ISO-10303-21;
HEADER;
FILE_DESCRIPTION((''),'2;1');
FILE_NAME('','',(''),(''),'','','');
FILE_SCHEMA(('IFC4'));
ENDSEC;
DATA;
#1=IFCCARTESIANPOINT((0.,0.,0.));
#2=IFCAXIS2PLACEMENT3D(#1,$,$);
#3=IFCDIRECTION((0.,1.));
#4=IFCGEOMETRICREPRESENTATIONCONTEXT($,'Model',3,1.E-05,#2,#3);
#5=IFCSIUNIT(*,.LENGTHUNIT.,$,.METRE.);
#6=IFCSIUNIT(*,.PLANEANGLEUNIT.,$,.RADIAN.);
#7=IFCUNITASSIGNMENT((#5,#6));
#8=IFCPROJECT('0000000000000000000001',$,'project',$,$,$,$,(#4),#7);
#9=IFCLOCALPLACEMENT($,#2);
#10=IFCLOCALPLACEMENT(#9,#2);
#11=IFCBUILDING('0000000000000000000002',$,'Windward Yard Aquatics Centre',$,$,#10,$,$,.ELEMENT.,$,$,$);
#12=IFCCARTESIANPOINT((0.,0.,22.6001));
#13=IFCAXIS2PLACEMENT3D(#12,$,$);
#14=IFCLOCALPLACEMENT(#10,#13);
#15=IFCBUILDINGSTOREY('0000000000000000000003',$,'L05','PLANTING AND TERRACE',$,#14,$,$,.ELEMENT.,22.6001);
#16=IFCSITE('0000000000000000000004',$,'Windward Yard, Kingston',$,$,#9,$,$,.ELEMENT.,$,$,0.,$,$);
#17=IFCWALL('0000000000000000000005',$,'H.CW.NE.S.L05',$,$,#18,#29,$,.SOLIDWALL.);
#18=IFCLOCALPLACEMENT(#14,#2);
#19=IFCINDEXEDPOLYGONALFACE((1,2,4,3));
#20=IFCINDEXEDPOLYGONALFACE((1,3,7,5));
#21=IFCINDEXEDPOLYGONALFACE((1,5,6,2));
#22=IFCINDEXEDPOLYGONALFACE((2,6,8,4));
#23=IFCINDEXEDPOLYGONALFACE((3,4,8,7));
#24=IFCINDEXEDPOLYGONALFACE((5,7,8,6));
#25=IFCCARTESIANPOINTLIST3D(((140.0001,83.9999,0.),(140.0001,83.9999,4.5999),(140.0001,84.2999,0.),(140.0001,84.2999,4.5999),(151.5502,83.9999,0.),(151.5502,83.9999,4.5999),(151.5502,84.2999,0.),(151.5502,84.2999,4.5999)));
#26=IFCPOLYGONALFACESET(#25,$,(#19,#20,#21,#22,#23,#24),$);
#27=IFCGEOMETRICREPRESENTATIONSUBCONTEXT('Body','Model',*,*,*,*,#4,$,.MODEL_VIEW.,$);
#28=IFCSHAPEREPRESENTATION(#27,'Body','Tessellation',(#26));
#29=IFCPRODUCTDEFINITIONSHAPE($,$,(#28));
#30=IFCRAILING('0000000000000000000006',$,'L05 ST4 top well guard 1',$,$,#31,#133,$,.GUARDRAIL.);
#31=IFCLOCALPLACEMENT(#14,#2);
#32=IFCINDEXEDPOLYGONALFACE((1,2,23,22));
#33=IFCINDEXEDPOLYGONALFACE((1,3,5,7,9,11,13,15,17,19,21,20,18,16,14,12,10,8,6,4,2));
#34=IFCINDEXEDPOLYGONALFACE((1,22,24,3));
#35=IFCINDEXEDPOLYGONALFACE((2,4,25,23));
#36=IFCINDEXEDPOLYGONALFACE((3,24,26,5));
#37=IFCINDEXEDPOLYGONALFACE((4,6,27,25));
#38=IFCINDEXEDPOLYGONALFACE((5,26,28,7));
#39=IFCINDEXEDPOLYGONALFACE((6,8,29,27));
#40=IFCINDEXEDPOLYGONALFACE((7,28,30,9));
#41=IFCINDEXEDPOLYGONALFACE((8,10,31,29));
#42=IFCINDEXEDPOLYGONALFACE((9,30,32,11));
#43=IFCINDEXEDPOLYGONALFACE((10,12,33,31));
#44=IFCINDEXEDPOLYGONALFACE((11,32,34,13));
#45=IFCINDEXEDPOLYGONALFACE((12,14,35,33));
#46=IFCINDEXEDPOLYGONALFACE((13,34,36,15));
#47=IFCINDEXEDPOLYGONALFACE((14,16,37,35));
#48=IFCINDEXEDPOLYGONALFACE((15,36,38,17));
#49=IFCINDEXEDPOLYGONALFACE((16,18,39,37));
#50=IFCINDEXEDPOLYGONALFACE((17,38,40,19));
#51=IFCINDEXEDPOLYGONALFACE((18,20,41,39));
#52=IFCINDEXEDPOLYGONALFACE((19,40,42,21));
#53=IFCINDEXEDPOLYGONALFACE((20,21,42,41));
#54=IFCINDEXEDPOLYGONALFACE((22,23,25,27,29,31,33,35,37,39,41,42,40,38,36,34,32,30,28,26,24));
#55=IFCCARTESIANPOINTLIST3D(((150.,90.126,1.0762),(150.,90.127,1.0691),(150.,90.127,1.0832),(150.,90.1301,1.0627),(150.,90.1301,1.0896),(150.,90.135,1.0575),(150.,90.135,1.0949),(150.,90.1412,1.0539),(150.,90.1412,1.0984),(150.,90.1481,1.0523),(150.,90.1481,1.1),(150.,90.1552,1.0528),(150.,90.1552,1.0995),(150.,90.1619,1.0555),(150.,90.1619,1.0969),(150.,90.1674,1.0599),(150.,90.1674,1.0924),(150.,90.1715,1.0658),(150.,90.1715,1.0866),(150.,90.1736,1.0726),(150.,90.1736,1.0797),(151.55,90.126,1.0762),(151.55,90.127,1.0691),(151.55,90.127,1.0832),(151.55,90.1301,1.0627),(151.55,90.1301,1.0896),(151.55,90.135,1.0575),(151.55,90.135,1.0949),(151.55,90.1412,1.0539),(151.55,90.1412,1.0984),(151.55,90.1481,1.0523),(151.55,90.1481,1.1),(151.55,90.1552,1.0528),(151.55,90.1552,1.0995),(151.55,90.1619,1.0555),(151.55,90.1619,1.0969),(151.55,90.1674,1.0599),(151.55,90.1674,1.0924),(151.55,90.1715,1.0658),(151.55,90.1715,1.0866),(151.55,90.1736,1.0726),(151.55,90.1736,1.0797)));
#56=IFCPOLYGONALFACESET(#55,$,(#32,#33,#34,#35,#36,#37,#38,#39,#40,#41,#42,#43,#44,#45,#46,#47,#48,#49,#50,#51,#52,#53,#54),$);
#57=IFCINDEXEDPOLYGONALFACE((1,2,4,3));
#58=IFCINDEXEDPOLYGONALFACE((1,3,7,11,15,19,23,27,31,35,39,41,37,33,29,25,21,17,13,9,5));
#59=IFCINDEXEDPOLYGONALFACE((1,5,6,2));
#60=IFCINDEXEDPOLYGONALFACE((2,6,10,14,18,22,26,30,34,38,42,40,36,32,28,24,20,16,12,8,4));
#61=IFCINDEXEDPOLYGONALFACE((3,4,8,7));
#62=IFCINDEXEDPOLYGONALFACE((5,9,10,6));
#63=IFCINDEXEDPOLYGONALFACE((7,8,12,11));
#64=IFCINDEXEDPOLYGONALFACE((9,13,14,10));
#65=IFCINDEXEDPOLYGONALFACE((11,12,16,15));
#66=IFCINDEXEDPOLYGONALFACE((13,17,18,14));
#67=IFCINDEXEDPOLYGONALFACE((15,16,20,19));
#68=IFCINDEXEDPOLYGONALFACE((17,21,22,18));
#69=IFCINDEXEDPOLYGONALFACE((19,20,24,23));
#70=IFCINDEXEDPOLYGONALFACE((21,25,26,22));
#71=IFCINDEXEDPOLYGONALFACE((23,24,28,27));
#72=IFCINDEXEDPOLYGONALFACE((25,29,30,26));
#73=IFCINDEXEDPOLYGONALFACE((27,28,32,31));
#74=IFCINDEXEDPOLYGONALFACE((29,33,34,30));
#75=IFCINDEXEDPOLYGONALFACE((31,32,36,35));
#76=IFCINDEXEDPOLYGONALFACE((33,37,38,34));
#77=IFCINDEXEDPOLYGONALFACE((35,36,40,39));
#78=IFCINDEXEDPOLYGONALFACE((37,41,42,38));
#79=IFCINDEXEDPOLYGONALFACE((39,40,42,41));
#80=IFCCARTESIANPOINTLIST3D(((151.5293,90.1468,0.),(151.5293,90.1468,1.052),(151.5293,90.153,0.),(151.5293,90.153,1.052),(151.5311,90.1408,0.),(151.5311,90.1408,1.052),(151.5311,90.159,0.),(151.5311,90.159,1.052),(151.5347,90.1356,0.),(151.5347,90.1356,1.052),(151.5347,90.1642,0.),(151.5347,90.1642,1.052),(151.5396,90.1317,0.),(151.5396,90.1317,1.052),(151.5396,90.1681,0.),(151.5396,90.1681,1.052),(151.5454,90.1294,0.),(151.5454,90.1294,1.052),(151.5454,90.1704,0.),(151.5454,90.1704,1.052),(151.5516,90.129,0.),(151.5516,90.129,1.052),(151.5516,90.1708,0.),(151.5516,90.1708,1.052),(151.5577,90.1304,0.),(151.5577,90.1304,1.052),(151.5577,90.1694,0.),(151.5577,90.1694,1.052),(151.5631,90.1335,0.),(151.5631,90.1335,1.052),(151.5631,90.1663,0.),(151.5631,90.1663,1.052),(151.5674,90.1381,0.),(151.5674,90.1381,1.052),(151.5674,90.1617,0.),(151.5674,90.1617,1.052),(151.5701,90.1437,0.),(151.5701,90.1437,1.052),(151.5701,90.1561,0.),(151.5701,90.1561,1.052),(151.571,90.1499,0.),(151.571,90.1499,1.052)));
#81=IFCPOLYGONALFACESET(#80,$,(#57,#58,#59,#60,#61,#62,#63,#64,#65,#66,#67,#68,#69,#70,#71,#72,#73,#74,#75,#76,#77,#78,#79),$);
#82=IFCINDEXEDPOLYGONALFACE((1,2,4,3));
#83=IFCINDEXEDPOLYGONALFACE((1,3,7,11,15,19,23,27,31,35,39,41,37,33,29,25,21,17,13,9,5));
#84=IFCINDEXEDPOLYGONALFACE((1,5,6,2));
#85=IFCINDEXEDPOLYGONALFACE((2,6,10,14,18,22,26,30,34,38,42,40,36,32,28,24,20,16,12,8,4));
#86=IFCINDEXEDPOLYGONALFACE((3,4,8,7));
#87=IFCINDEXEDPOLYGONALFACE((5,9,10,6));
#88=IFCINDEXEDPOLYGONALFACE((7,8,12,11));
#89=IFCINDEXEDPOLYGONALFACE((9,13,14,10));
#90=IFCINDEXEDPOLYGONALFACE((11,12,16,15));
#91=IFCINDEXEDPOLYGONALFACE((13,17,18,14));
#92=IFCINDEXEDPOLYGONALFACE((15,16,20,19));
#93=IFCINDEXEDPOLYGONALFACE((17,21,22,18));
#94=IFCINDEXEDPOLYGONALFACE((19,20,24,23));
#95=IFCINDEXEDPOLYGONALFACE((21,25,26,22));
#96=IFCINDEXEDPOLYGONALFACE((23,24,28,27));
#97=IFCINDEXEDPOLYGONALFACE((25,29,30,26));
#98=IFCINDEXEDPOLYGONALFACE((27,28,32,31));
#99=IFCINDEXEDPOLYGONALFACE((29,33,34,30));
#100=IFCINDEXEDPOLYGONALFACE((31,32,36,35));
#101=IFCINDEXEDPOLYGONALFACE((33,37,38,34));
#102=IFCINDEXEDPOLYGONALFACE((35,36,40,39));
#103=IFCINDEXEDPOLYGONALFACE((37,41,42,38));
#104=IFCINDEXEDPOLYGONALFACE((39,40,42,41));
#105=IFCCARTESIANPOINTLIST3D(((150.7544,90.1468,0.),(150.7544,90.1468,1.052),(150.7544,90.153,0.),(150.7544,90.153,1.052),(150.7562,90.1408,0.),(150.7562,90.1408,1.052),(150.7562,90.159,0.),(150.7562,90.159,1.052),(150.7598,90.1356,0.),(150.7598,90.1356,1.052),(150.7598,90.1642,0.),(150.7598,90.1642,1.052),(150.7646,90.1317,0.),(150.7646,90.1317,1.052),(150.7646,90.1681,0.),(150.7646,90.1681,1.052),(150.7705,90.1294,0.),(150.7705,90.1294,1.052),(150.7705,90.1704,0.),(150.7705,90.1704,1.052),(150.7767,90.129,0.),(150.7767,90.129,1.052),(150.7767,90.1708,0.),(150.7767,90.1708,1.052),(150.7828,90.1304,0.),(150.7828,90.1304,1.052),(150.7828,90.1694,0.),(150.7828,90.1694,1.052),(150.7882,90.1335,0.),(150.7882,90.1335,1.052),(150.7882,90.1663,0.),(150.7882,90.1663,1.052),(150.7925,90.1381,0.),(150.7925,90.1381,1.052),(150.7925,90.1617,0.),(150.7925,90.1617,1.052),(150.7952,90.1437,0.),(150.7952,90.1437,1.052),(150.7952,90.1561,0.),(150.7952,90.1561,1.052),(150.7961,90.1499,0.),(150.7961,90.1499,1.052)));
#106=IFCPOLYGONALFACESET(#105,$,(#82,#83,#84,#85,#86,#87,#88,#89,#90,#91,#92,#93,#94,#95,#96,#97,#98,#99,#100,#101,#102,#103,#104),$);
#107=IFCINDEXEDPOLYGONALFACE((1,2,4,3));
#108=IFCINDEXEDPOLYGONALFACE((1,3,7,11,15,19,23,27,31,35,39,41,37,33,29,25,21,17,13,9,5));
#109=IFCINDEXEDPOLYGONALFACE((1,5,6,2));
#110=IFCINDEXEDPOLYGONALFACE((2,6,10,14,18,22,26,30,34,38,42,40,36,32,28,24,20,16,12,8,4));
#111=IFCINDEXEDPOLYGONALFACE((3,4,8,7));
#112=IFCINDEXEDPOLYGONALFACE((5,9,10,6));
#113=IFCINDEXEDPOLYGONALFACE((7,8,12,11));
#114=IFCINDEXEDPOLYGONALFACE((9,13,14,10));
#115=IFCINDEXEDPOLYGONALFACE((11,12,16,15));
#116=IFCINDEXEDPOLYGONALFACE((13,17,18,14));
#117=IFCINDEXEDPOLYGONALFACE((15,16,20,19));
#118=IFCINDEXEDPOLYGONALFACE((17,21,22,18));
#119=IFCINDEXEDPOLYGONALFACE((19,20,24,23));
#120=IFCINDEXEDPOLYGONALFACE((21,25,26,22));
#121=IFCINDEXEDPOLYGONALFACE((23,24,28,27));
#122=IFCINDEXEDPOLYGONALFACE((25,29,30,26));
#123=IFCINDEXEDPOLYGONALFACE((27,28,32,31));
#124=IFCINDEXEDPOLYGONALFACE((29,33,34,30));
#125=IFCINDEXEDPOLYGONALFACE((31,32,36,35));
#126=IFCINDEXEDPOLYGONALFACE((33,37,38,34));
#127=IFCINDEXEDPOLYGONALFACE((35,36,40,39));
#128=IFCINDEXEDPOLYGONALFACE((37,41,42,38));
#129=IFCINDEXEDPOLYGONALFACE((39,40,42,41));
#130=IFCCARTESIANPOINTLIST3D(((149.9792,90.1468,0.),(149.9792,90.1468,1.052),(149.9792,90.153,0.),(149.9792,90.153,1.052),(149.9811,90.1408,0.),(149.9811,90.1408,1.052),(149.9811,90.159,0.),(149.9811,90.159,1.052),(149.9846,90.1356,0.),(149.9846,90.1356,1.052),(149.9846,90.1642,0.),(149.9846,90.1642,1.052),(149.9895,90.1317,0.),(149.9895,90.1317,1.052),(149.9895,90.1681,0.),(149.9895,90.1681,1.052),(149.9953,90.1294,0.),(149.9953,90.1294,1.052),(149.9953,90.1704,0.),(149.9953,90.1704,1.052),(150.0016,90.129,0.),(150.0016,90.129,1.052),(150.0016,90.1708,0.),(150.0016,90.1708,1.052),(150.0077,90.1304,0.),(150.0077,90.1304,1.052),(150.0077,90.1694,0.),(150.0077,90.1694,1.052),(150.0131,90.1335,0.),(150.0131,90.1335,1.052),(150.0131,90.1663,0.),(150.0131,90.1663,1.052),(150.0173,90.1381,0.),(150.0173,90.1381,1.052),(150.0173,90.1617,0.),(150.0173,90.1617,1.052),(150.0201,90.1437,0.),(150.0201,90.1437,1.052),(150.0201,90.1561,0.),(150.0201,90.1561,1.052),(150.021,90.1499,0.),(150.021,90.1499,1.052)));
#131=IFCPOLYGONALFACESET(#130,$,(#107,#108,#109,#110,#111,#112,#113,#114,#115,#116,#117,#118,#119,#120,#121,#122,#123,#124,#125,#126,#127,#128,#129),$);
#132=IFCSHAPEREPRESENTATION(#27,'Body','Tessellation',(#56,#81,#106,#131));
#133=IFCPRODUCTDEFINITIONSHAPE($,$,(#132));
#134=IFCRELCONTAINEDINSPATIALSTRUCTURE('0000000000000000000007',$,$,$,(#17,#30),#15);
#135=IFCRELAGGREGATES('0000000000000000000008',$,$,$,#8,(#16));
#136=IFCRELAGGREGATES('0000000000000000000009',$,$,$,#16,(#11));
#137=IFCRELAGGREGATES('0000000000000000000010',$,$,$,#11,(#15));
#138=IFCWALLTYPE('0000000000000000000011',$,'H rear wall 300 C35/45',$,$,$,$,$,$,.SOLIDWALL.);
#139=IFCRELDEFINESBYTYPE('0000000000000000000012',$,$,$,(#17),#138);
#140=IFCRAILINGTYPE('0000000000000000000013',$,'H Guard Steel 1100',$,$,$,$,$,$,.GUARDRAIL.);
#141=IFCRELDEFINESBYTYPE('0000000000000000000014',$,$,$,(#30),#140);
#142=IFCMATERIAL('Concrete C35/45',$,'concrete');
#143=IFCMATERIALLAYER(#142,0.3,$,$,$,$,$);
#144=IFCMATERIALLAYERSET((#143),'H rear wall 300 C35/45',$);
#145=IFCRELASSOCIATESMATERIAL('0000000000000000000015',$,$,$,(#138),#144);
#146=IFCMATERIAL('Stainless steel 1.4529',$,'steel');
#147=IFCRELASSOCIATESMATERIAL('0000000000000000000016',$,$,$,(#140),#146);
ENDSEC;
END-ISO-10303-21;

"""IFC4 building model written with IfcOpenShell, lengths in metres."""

from ifc_helpers import new_model, si_unit, direction, frame, frame_2d, origin, origin_2d, place, context, subcontext, project, spatial, rectangle, circle, extrude, material, layer, layer_set, type_object, element, save


model = new_model("IFC4")

# Units and contexts
model_context = context("Model", 3, precision=1e-05, world=origin(), true_north=direction((0.0, 1.0)))
body_context = subcontext(model_context, "Body", "Model", "MODEL_VIEW")
ifc_project = project(units=[si_unit("LENGTHUNIT", "METRE"), si_unit("PLANEANGLEUNIT", "RADIAN")], contexts=[model_context])

# Site, building, storey
site_placement = place(None, origin())
site = spatial("IfcSite", under=ifc_project, at=site_placement, Name="Windward Yard, Kingston", CompositionType="ELEMENT", RefElevation=0.0)
building_placement = place(site_placement, origin())
building = spatial("IfcBuilding", under=site, at=building_placement, Name="Windward Yard Aquatics Centre", CompositionType="ELEMENT")
storey_placement = place(building_placement, frame((0.0, 0.0, 22.6001)))
storey = spatial("IfcBuildingStorey", under=building, at=storey_placement, Name="L05", Description="PLANTING AND TERRACE", CompositionType="ELEMENT", Elevation=22.6001)

# Shared definitions
ifc_material_1 = material(Name="Concrete C35/45", Category="concrete")

# Shared definitions
ifc_layer_1 = layer(ifc_material_1, 0.3)
ifc_layer_set_1 = layer_set([ifc_layer_1], Name="H rear wall 300 C35/45")
wall_type_1 = type_object("IfcWallType", Name="H rear wall 300 C35/45", PredefinedType="SOLIDWALL", material=ifc_layer_set_1)

# Wall
wall_1_placement = place(storey_placement, frame((151.55, 84.1499, 0.0), z_axis=(0.0, 0.0, 1.0), x_axis=(-1.0, 0.0, 0.0)))
element("IfcWall", 1, at=wall_1_placement, inside=storey, type_object=wall_type_1, Name="H.CW.NE.S.L05", PredefinedType="SOLIDWALL", context=body_context, shape_type="SweptSolid", body=[
    extrude(rectangle(XDim=11.55, YDim=0.3, at=frame_2d((5.7749, 0.0))), origin(), (0.0, 0.0, 1.0), 4.5999),
])

# Railing
ifc_material_2 = material(Name="Stainless steel 1.4529", Category="steel")
railing_type = type_object("IfcRailingType", Name="H Guard Steel 1100", PredefinedType="GUARDRAIL", material=ifc_material_2)
railing_placement = place(storey_placement, frame((151.55, 90.1499, 0.0)))
element("IfcRailing", 2, at=railing_placement, inside=storey, type_object=railing_type, Name="L05 ST4 top well guard 1", PredefinedType="GUARDRAIL", context=body_context, shape_type="SweptSolid", body=[
    extrude(circle(Radius=0.0239, at=origin_2d()), frame((0.0, 0.0, 1.0762), z_axis=(-1.0, 0.0, 0.0), x_axis=(0.0, -1.0, 0.0)), (0.0, 0.0, 1.0), 1.55),
    extrude(circle(Radius=0.021, at=origin_2d()), origin(), (0.0, 0.0, 1.0), 1.052),
    extrude(circle(Radius=0.021, at=origin_2d()), frame((-0.7749, 0.0, 0.0)), (0.0, 0.0, 1.0), 1.052),
    extrude(circle(Radius=0.021, at=origin_2d()), frame((-1.55, 0.0, 0.0)), (0.0, 0.0, 1.0), 1.052),
])

save(model, "model.ifc")
